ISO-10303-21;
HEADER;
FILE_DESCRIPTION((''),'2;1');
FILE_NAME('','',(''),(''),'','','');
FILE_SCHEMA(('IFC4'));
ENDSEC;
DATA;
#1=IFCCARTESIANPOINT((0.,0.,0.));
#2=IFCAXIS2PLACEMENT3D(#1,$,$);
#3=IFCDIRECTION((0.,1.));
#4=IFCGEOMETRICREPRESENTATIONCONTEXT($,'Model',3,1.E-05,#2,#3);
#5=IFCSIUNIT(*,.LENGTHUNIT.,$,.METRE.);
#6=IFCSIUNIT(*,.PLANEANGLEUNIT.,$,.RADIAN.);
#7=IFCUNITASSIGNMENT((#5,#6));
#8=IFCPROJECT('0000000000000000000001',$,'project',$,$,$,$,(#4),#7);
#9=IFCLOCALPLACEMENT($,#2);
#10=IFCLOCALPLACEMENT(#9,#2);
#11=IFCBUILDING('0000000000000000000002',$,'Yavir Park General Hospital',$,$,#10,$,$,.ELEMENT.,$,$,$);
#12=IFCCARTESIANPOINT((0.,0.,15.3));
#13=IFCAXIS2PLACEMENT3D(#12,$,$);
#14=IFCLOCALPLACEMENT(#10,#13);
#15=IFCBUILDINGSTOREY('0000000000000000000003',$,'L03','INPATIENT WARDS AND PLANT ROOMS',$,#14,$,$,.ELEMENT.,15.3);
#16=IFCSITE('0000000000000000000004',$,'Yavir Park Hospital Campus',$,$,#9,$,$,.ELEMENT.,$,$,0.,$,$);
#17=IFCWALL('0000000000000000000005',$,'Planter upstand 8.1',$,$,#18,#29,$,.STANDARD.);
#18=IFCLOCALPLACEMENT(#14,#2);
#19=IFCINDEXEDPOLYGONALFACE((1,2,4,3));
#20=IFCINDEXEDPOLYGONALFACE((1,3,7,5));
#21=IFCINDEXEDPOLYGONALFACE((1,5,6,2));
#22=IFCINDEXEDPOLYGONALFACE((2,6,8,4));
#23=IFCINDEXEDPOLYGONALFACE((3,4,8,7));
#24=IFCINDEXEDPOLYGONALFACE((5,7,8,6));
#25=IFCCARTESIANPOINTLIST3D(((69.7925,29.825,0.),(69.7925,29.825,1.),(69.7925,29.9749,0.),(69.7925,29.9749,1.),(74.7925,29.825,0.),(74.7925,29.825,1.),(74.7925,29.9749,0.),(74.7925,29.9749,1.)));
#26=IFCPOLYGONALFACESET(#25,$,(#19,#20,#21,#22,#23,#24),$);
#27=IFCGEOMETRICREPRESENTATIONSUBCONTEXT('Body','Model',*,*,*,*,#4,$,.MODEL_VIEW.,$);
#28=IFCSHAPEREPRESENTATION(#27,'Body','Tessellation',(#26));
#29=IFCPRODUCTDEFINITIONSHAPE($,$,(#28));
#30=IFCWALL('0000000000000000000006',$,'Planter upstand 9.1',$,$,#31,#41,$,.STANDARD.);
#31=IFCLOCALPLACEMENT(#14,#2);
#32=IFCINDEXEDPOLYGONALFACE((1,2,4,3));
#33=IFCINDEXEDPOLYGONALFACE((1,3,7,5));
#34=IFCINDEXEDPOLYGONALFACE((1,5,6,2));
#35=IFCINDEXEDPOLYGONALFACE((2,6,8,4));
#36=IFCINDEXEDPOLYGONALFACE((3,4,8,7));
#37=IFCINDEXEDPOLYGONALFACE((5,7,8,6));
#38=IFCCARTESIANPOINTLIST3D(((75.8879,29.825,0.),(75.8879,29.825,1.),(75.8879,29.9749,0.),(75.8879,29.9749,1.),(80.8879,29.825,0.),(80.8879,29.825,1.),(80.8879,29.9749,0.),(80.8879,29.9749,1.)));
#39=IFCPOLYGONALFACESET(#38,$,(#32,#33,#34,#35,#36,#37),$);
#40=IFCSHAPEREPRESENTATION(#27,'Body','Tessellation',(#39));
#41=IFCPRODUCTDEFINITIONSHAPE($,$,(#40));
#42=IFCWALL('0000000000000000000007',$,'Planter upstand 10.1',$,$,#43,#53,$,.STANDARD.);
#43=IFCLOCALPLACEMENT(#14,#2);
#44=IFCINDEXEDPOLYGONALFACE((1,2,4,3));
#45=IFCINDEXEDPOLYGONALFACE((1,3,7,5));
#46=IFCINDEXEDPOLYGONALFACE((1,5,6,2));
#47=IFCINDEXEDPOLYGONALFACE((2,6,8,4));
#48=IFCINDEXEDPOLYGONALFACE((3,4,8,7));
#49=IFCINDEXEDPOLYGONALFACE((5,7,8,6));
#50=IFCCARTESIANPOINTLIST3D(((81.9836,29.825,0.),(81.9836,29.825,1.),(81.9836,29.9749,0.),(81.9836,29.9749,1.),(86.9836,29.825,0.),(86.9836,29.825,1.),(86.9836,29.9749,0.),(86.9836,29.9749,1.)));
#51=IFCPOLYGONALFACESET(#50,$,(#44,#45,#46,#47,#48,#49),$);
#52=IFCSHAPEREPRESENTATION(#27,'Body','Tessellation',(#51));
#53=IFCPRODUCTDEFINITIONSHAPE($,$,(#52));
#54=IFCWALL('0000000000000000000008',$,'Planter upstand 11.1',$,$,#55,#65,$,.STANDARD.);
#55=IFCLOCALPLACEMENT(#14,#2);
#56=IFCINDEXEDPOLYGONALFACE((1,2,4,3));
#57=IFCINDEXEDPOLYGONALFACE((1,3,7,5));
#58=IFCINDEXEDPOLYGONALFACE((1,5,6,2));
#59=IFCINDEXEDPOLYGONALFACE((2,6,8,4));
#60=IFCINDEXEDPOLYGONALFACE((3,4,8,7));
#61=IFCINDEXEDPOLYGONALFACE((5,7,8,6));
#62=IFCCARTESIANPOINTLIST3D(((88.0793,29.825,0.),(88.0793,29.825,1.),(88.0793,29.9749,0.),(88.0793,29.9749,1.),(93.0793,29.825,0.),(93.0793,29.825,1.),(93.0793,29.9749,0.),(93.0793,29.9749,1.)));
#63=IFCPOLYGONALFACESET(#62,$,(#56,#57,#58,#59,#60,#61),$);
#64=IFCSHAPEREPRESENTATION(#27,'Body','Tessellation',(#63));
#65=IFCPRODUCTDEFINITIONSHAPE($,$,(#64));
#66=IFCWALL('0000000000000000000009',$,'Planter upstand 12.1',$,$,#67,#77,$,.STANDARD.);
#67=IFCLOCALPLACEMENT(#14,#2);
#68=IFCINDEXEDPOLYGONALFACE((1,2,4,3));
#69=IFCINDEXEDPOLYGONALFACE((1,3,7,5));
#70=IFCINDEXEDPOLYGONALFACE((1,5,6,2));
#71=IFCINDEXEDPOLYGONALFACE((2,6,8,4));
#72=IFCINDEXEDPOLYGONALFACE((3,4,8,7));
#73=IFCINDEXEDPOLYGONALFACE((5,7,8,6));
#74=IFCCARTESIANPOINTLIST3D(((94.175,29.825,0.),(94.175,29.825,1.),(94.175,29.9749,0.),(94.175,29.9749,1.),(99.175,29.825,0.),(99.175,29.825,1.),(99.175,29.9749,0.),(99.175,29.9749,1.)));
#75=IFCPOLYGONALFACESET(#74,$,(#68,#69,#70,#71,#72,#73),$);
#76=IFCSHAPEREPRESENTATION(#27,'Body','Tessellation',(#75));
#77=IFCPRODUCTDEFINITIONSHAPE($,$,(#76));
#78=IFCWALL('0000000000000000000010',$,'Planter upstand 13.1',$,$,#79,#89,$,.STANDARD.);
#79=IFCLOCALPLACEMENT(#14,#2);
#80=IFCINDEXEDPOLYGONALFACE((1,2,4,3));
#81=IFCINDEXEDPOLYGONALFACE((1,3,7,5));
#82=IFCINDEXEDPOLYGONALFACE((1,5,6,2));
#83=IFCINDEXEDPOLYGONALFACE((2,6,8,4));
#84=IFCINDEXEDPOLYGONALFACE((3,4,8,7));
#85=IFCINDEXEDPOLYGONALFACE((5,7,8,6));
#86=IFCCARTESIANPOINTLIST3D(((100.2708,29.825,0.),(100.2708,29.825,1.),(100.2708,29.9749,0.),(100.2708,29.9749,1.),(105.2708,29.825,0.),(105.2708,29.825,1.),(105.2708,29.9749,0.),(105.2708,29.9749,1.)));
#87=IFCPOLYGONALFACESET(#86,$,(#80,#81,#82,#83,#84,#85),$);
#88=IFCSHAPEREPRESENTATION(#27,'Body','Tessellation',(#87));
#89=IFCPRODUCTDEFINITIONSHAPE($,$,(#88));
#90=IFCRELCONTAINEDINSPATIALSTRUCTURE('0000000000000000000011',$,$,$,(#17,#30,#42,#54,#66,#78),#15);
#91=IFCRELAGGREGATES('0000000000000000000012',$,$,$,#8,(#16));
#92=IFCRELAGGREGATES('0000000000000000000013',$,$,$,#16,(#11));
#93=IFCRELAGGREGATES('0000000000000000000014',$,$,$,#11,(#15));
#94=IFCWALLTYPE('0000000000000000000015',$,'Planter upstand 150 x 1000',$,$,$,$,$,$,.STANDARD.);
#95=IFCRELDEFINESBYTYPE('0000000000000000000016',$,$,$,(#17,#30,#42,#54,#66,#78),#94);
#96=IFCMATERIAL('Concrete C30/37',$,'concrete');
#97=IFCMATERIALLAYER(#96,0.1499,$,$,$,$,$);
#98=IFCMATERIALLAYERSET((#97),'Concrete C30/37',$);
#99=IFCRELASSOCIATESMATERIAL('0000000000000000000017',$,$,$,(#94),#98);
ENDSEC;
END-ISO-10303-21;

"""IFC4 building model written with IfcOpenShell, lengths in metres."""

from ifc_helpers import new_model, si_unit, direction, frame, frame_2d, origin, place, context, subcontext, project, spatial, rectangle, extrude, material, layer, layer_set, type_object, element, save


model = new_model("IFC4")

# Units and contexts
model_context = context("Model", 3, precision=1e-05, world=origin(), true_north=direction((0.0, 1.0)))
body_context = subcontext(model_context, "Body", "Model", "MODEL_VIEW")
ifc_project = project(units=[si_unit("LENGTHUNIT", "METRE"), si_unit("PLANEANGLEUNIT", "RADIAN")], contexts=[model_context])

# Site, building, storey
site_placement = place(None, origin())
site = spatial("IfcSite", under=ifc_project, at=site_placement, Name="Yavir Park Hospital Campus", CompositionType="ELEMENT", RefElevation=0.0)
building_placement = place(site_placement, origin())
building = spatial("IfcBuilding", under=site, at=building_placement, Name="Yavir Park General Hospital", CompositionType="ELEMENT")
storey_placement = place(building_placement, frame((0.0, 0.0, 15.3)))
storey = spatial("IfcBuildingStorey", under=building, at=storey_placement, Name="L03", Description="INPATIENT WARDS AND PLANT ROOMS", CompositionType="ELEMENT", Elevation=15.3)

# Walls
ifc_material_1 = material(Name="Concrete C30/37", Category="concrete")
ifc_layer_1 = layer(ifc_material_1, 0.1499)
ifc_layer_set_1 = layer_set([ifc_layer_1], Name="Concrete C30/37")
wall_type_1 = type_object("IfcWallType", Name="Planter upstand 150 x 1000", PredefinedType="STANDARD", material=ifc_layer_set_1)
for number, where, z_axis, x_axis, name in (
    (1, (69.7925, 29.8999, 0.0), (0.0, 0.0, 1.0), (1.0, 0.0, 0.0), "Planter upstand 8.1"),
    (2, (75.8879, 29.8999, 0.0), (0.0, 0.0, 1.0), (1.0, 0.0, 0.0), "Planter upstand 9.1"),
    (3, (81.9836, 29.8999, 0.0), (0.0, 0.0, 1.0), (1.0, 0.0, 0.0), "Planter upstand 10.1"),
    (4, (88.0793, 29.8999, 0.0), (0.0, 0.0, 1.0), (1.0, 0.0, 0.0), "Planter upstand 11.1"),
    (5, (94.175, 29.8999, 0.0), (0.0, 0.0, 1.0), (1.0, 0.0, 0.0), "Planter upstand 12.1"),
    (6, (100.2708, 29.8999, 0.0), (0.0, 0.0, 1.0), (1.0, 0.0, 0.0), "Planter upstand 13.1"),
):
    element("IfcWall", number, at=place(storey_placement, frame(where, z_axis=z_axis, x_axis=x_axis)), inside=storey, type_object=wall_type_1, Name=name, PredefinedType="STANDARD", context=body_context, shape_type="SweptSolid", body=[
        extrude(rectangle(XDim=5.0, YDim=0.1499, at=frame_2d((2.5, 0.0))), origin(), (0.0, 0.0, 1.0), 1.0),
    ])

save(model, "model.ifc")
